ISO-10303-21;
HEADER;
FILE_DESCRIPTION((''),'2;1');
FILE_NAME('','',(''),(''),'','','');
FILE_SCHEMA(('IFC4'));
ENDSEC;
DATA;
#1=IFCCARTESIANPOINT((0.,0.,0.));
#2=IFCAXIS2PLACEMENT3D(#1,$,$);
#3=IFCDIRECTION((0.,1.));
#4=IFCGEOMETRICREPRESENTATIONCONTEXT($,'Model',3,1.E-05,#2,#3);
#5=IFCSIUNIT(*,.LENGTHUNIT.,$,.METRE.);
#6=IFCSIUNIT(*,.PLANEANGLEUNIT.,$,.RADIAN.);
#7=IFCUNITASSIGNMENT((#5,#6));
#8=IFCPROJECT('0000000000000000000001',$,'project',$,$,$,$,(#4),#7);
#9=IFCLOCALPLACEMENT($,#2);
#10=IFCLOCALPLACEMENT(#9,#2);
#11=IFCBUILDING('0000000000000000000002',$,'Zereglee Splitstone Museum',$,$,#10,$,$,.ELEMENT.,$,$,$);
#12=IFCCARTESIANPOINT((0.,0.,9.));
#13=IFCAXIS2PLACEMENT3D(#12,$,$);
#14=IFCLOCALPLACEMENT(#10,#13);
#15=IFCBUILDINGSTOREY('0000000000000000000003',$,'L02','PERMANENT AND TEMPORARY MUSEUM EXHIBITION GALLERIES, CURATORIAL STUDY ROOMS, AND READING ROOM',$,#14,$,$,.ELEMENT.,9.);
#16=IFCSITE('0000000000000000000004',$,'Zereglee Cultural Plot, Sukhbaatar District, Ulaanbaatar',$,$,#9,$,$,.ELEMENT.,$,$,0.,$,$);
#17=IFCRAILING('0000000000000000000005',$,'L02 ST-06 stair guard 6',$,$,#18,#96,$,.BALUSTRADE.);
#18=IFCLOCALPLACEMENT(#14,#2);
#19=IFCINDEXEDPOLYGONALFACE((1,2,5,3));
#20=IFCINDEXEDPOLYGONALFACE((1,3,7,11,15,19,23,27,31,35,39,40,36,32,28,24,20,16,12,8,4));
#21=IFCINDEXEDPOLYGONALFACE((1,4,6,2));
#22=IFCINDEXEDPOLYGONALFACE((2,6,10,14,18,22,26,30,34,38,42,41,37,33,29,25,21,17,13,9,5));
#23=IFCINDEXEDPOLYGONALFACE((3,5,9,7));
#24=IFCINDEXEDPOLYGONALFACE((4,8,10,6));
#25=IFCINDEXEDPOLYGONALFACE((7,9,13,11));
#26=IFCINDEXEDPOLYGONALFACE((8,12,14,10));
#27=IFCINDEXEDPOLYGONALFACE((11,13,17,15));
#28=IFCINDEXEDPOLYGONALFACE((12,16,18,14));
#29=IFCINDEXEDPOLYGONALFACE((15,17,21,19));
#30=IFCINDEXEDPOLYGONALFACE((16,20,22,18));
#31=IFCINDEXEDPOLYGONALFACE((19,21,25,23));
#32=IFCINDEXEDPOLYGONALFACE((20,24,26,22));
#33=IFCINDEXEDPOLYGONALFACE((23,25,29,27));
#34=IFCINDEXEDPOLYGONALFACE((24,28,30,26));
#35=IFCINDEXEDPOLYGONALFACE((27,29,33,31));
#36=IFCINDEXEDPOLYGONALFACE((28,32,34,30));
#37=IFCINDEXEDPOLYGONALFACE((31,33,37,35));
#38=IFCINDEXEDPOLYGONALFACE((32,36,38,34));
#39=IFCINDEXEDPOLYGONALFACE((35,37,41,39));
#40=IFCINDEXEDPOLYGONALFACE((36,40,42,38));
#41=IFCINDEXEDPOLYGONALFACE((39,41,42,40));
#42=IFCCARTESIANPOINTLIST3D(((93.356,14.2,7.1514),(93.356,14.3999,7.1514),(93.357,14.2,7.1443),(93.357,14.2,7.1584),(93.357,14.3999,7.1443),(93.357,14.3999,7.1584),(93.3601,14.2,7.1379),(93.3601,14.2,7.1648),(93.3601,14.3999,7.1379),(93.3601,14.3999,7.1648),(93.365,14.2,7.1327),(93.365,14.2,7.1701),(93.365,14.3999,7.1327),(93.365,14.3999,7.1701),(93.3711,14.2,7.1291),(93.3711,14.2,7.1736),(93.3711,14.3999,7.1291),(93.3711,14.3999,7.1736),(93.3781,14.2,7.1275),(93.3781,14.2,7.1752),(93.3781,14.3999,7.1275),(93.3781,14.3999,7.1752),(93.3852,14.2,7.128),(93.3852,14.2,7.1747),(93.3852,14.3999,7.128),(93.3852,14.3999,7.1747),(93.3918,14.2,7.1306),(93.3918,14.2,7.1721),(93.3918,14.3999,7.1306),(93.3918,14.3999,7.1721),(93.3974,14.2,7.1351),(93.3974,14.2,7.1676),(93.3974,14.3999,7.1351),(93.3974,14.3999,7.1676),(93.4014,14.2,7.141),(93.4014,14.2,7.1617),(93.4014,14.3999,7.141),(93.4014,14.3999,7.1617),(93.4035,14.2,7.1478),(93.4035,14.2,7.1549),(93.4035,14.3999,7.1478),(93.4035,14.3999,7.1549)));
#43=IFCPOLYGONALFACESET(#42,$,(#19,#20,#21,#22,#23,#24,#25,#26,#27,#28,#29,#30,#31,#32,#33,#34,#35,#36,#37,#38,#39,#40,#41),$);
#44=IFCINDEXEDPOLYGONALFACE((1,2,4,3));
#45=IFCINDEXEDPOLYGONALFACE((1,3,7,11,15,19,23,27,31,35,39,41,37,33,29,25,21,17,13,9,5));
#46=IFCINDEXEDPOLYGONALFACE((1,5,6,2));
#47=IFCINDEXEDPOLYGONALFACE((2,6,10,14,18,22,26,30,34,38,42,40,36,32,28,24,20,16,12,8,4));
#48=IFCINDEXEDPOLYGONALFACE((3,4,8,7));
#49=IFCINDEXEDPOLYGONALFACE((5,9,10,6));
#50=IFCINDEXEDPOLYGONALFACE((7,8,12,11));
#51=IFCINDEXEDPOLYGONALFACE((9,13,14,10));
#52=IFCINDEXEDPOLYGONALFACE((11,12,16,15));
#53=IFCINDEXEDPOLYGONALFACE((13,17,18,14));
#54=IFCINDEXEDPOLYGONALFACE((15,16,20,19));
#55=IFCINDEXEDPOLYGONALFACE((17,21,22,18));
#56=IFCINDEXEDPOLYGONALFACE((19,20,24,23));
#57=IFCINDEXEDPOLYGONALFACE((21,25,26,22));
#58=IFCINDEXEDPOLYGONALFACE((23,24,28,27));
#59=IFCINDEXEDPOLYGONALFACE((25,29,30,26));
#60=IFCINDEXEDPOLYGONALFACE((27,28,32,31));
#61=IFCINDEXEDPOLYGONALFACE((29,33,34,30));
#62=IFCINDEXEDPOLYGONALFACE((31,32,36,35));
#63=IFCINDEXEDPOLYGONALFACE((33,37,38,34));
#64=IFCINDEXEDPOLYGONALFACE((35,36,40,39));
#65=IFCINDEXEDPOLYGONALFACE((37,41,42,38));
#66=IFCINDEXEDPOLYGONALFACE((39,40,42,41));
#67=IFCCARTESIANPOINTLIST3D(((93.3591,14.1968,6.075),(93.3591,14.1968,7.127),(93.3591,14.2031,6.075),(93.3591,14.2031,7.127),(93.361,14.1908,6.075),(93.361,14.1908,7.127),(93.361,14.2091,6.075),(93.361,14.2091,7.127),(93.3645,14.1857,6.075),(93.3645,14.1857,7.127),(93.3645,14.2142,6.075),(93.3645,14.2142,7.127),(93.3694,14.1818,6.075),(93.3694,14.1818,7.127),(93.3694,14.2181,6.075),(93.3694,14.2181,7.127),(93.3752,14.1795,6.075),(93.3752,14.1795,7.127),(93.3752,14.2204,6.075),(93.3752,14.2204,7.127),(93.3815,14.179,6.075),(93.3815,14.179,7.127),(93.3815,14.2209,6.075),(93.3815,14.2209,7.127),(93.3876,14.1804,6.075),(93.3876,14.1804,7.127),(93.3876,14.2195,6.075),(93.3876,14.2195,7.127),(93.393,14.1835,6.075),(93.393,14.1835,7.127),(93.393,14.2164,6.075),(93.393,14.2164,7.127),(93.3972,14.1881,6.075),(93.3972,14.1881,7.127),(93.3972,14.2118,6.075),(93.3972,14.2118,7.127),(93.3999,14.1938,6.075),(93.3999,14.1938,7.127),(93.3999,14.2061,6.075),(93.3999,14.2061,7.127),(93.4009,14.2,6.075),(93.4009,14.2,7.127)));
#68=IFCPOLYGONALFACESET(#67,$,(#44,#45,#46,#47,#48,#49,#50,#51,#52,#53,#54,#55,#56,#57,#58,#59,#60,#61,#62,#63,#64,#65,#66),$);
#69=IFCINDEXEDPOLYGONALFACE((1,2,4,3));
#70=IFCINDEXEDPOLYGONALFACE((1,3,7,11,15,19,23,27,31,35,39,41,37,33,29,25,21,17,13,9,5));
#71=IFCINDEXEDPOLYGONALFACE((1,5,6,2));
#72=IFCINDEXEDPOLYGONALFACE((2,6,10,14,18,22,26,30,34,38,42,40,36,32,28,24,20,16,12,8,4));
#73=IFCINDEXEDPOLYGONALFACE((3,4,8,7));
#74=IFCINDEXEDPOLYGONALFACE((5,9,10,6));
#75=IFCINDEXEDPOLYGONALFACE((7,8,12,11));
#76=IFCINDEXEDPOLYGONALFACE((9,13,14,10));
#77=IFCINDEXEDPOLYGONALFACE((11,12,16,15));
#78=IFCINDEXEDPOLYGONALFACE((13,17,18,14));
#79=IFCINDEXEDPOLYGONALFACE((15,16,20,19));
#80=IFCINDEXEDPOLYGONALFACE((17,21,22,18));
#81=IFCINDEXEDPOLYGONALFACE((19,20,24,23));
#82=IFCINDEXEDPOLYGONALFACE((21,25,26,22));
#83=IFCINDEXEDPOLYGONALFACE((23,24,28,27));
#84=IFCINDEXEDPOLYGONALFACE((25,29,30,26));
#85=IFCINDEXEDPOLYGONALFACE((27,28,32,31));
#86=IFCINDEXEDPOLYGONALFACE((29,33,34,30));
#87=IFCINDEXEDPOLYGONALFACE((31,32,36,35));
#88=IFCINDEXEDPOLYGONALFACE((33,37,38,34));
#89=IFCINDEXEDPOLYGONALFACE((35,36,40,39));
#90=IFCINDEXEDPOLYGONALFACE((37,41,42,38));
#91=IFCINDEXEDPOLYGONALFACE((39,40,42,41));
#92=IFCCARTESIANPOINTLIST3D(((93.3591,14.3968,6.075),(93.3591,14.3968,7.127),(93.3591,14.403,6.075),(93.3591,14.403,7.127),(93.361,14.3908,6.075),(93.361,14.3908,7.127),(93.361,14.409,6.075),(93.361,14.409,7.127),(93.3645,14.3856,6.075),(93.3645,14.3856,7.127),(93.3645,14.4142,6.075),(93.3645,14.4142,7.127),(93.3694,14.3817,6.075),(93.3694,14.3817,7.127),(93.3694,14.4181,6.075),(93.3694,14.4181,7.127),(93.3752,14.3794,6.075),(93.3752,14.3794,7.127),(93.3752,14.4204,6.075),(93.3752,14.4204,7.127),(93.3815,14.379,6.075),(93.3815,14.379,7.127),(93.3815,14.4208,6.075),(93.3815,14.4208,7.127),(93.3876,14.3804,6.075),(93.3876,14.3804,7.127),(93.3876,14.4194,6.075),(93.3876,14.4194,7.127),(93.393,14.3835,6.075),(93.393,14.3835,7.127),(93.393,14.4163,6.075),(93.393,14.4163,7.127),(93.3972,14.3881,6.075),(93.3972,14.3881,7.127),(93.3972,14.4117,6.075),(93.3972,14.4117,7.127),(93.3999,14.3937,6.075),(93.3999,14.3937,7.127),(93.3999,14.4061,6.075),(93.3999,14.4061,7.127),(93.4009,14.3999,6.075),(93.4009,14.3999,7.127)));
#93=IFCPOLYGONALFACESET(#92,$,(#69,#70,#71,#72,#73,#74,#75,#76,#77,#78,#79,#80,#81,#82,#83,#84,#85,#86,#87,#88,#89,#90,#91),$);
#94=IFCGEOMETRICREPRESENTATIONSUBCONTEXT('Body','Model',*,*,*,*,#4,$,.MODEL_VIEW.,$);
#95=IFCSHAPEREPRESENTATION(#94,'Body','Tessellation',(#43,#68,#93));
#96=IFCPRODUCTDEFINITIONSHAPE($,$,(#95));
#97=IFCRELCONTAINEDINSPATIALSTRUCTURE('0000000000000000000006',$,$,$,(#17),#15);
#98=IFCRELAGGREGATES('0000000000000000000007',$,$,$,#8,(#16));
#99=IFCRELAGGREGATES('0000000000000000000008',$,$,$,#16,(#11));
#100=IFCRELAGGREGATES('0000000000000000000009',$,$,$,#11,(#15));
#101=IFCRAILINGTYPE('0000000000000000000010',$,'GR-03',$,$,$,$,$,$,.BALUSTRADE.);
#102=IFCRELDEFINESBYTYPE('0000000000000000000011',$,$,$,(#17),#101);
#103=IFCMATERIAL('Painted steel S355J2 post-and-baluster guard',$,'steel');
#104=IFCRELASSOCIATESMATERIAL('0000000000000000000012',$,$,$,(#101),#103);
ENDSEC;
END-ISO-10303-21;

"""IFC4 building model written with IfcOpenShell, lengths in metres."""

from ifc_helpers import new_model, si_unit, direction, frame, origin, origin_2d, place, context, subcontext, project, spatial, circle, extrude, material, type_object, element, save


model = new_model("IFC4")

# Units and contexts
model_context = context("Model", 3, precision=1e-05, world=origin(), true_north=direction((0.0, 1.0)))
body_context = subcontext(model_context, "Body", "Model", "MODEL_VIEW")
ifc_project = project(units=[si_unit("LENGTHUNIT", "METRE"), si_unit("PLANEANGLEUNIT", "RADIAN")], contexts=[model_context])

# Site, building, storey
site_placement = place(None, origin())
site = spatial("IfcSite", under=ifc_project, at=site_placement, Name="Zereglee Cultural Plot, Sukhbaatar District, Ulaanbaatar", CompositionType="ELEMENT", RefElevation=0.0)
building_placement = place(site_placement, origin())
building = spatial("IfcBuilding", under=site, at=building_placement, Name="Zereglee Splitstone Museum", CompositionType="ELEMENT")
storey_placement = place(building_placement, frame((0.0, 0.0, 9.0)))
storey = spatial("IfcBuildingStorey", under=building, at=storey_placement, Name="L02", Description="PERMANENT AND TEMPORARY MUSEUM EXHIBITION GALLERIES, CURATORIAL STUDY ROOMS, AND READING ROOM", CompositionType="ELEMENT", Elevation=9.0)

# Railing
ifc_material_1 = material(Name="Painted steel S355J2 post-and-baluster guard", Category="steel")
railing_type_1 = type_object("IfcRailingType", Name="GR-03", PredefinedType="BALUSTRADE", material=ifc_material_1)
railing_1_placement = place(storey_placement, frame((93.3799, 14.2, 6.075)))
element("IfcRailing", 1, at=railing_1_placement, inside=storey, type_object=railing_type_1, Name="L02 ST-06 stair guard 6", PredefinedType="BALUSTRADE", context=body_context, shape_type="SweptSolid", body=[
    extrude(circle(Radius=0.0239, at=origin_2d()), frame((0.0, 0.0, 1.0764), z_axis=(0.0, 1.0, 0.0), x_axis=(-1.0, 0.0, 0.0)), (0.0, 0.0, 1.0), 0.2),
    extrude(circle(Radius=0.021, at=origin_2d()), origin(), (0.0, 0.0, 1.0), 1.052),
    extrude(circle(Radius=0.021, at=origin_2d()), frame((0.0, 0.2, 0.0)), (0.0, 0.0, 1.0), 1.052),
])

save(model, "model.ifc")
